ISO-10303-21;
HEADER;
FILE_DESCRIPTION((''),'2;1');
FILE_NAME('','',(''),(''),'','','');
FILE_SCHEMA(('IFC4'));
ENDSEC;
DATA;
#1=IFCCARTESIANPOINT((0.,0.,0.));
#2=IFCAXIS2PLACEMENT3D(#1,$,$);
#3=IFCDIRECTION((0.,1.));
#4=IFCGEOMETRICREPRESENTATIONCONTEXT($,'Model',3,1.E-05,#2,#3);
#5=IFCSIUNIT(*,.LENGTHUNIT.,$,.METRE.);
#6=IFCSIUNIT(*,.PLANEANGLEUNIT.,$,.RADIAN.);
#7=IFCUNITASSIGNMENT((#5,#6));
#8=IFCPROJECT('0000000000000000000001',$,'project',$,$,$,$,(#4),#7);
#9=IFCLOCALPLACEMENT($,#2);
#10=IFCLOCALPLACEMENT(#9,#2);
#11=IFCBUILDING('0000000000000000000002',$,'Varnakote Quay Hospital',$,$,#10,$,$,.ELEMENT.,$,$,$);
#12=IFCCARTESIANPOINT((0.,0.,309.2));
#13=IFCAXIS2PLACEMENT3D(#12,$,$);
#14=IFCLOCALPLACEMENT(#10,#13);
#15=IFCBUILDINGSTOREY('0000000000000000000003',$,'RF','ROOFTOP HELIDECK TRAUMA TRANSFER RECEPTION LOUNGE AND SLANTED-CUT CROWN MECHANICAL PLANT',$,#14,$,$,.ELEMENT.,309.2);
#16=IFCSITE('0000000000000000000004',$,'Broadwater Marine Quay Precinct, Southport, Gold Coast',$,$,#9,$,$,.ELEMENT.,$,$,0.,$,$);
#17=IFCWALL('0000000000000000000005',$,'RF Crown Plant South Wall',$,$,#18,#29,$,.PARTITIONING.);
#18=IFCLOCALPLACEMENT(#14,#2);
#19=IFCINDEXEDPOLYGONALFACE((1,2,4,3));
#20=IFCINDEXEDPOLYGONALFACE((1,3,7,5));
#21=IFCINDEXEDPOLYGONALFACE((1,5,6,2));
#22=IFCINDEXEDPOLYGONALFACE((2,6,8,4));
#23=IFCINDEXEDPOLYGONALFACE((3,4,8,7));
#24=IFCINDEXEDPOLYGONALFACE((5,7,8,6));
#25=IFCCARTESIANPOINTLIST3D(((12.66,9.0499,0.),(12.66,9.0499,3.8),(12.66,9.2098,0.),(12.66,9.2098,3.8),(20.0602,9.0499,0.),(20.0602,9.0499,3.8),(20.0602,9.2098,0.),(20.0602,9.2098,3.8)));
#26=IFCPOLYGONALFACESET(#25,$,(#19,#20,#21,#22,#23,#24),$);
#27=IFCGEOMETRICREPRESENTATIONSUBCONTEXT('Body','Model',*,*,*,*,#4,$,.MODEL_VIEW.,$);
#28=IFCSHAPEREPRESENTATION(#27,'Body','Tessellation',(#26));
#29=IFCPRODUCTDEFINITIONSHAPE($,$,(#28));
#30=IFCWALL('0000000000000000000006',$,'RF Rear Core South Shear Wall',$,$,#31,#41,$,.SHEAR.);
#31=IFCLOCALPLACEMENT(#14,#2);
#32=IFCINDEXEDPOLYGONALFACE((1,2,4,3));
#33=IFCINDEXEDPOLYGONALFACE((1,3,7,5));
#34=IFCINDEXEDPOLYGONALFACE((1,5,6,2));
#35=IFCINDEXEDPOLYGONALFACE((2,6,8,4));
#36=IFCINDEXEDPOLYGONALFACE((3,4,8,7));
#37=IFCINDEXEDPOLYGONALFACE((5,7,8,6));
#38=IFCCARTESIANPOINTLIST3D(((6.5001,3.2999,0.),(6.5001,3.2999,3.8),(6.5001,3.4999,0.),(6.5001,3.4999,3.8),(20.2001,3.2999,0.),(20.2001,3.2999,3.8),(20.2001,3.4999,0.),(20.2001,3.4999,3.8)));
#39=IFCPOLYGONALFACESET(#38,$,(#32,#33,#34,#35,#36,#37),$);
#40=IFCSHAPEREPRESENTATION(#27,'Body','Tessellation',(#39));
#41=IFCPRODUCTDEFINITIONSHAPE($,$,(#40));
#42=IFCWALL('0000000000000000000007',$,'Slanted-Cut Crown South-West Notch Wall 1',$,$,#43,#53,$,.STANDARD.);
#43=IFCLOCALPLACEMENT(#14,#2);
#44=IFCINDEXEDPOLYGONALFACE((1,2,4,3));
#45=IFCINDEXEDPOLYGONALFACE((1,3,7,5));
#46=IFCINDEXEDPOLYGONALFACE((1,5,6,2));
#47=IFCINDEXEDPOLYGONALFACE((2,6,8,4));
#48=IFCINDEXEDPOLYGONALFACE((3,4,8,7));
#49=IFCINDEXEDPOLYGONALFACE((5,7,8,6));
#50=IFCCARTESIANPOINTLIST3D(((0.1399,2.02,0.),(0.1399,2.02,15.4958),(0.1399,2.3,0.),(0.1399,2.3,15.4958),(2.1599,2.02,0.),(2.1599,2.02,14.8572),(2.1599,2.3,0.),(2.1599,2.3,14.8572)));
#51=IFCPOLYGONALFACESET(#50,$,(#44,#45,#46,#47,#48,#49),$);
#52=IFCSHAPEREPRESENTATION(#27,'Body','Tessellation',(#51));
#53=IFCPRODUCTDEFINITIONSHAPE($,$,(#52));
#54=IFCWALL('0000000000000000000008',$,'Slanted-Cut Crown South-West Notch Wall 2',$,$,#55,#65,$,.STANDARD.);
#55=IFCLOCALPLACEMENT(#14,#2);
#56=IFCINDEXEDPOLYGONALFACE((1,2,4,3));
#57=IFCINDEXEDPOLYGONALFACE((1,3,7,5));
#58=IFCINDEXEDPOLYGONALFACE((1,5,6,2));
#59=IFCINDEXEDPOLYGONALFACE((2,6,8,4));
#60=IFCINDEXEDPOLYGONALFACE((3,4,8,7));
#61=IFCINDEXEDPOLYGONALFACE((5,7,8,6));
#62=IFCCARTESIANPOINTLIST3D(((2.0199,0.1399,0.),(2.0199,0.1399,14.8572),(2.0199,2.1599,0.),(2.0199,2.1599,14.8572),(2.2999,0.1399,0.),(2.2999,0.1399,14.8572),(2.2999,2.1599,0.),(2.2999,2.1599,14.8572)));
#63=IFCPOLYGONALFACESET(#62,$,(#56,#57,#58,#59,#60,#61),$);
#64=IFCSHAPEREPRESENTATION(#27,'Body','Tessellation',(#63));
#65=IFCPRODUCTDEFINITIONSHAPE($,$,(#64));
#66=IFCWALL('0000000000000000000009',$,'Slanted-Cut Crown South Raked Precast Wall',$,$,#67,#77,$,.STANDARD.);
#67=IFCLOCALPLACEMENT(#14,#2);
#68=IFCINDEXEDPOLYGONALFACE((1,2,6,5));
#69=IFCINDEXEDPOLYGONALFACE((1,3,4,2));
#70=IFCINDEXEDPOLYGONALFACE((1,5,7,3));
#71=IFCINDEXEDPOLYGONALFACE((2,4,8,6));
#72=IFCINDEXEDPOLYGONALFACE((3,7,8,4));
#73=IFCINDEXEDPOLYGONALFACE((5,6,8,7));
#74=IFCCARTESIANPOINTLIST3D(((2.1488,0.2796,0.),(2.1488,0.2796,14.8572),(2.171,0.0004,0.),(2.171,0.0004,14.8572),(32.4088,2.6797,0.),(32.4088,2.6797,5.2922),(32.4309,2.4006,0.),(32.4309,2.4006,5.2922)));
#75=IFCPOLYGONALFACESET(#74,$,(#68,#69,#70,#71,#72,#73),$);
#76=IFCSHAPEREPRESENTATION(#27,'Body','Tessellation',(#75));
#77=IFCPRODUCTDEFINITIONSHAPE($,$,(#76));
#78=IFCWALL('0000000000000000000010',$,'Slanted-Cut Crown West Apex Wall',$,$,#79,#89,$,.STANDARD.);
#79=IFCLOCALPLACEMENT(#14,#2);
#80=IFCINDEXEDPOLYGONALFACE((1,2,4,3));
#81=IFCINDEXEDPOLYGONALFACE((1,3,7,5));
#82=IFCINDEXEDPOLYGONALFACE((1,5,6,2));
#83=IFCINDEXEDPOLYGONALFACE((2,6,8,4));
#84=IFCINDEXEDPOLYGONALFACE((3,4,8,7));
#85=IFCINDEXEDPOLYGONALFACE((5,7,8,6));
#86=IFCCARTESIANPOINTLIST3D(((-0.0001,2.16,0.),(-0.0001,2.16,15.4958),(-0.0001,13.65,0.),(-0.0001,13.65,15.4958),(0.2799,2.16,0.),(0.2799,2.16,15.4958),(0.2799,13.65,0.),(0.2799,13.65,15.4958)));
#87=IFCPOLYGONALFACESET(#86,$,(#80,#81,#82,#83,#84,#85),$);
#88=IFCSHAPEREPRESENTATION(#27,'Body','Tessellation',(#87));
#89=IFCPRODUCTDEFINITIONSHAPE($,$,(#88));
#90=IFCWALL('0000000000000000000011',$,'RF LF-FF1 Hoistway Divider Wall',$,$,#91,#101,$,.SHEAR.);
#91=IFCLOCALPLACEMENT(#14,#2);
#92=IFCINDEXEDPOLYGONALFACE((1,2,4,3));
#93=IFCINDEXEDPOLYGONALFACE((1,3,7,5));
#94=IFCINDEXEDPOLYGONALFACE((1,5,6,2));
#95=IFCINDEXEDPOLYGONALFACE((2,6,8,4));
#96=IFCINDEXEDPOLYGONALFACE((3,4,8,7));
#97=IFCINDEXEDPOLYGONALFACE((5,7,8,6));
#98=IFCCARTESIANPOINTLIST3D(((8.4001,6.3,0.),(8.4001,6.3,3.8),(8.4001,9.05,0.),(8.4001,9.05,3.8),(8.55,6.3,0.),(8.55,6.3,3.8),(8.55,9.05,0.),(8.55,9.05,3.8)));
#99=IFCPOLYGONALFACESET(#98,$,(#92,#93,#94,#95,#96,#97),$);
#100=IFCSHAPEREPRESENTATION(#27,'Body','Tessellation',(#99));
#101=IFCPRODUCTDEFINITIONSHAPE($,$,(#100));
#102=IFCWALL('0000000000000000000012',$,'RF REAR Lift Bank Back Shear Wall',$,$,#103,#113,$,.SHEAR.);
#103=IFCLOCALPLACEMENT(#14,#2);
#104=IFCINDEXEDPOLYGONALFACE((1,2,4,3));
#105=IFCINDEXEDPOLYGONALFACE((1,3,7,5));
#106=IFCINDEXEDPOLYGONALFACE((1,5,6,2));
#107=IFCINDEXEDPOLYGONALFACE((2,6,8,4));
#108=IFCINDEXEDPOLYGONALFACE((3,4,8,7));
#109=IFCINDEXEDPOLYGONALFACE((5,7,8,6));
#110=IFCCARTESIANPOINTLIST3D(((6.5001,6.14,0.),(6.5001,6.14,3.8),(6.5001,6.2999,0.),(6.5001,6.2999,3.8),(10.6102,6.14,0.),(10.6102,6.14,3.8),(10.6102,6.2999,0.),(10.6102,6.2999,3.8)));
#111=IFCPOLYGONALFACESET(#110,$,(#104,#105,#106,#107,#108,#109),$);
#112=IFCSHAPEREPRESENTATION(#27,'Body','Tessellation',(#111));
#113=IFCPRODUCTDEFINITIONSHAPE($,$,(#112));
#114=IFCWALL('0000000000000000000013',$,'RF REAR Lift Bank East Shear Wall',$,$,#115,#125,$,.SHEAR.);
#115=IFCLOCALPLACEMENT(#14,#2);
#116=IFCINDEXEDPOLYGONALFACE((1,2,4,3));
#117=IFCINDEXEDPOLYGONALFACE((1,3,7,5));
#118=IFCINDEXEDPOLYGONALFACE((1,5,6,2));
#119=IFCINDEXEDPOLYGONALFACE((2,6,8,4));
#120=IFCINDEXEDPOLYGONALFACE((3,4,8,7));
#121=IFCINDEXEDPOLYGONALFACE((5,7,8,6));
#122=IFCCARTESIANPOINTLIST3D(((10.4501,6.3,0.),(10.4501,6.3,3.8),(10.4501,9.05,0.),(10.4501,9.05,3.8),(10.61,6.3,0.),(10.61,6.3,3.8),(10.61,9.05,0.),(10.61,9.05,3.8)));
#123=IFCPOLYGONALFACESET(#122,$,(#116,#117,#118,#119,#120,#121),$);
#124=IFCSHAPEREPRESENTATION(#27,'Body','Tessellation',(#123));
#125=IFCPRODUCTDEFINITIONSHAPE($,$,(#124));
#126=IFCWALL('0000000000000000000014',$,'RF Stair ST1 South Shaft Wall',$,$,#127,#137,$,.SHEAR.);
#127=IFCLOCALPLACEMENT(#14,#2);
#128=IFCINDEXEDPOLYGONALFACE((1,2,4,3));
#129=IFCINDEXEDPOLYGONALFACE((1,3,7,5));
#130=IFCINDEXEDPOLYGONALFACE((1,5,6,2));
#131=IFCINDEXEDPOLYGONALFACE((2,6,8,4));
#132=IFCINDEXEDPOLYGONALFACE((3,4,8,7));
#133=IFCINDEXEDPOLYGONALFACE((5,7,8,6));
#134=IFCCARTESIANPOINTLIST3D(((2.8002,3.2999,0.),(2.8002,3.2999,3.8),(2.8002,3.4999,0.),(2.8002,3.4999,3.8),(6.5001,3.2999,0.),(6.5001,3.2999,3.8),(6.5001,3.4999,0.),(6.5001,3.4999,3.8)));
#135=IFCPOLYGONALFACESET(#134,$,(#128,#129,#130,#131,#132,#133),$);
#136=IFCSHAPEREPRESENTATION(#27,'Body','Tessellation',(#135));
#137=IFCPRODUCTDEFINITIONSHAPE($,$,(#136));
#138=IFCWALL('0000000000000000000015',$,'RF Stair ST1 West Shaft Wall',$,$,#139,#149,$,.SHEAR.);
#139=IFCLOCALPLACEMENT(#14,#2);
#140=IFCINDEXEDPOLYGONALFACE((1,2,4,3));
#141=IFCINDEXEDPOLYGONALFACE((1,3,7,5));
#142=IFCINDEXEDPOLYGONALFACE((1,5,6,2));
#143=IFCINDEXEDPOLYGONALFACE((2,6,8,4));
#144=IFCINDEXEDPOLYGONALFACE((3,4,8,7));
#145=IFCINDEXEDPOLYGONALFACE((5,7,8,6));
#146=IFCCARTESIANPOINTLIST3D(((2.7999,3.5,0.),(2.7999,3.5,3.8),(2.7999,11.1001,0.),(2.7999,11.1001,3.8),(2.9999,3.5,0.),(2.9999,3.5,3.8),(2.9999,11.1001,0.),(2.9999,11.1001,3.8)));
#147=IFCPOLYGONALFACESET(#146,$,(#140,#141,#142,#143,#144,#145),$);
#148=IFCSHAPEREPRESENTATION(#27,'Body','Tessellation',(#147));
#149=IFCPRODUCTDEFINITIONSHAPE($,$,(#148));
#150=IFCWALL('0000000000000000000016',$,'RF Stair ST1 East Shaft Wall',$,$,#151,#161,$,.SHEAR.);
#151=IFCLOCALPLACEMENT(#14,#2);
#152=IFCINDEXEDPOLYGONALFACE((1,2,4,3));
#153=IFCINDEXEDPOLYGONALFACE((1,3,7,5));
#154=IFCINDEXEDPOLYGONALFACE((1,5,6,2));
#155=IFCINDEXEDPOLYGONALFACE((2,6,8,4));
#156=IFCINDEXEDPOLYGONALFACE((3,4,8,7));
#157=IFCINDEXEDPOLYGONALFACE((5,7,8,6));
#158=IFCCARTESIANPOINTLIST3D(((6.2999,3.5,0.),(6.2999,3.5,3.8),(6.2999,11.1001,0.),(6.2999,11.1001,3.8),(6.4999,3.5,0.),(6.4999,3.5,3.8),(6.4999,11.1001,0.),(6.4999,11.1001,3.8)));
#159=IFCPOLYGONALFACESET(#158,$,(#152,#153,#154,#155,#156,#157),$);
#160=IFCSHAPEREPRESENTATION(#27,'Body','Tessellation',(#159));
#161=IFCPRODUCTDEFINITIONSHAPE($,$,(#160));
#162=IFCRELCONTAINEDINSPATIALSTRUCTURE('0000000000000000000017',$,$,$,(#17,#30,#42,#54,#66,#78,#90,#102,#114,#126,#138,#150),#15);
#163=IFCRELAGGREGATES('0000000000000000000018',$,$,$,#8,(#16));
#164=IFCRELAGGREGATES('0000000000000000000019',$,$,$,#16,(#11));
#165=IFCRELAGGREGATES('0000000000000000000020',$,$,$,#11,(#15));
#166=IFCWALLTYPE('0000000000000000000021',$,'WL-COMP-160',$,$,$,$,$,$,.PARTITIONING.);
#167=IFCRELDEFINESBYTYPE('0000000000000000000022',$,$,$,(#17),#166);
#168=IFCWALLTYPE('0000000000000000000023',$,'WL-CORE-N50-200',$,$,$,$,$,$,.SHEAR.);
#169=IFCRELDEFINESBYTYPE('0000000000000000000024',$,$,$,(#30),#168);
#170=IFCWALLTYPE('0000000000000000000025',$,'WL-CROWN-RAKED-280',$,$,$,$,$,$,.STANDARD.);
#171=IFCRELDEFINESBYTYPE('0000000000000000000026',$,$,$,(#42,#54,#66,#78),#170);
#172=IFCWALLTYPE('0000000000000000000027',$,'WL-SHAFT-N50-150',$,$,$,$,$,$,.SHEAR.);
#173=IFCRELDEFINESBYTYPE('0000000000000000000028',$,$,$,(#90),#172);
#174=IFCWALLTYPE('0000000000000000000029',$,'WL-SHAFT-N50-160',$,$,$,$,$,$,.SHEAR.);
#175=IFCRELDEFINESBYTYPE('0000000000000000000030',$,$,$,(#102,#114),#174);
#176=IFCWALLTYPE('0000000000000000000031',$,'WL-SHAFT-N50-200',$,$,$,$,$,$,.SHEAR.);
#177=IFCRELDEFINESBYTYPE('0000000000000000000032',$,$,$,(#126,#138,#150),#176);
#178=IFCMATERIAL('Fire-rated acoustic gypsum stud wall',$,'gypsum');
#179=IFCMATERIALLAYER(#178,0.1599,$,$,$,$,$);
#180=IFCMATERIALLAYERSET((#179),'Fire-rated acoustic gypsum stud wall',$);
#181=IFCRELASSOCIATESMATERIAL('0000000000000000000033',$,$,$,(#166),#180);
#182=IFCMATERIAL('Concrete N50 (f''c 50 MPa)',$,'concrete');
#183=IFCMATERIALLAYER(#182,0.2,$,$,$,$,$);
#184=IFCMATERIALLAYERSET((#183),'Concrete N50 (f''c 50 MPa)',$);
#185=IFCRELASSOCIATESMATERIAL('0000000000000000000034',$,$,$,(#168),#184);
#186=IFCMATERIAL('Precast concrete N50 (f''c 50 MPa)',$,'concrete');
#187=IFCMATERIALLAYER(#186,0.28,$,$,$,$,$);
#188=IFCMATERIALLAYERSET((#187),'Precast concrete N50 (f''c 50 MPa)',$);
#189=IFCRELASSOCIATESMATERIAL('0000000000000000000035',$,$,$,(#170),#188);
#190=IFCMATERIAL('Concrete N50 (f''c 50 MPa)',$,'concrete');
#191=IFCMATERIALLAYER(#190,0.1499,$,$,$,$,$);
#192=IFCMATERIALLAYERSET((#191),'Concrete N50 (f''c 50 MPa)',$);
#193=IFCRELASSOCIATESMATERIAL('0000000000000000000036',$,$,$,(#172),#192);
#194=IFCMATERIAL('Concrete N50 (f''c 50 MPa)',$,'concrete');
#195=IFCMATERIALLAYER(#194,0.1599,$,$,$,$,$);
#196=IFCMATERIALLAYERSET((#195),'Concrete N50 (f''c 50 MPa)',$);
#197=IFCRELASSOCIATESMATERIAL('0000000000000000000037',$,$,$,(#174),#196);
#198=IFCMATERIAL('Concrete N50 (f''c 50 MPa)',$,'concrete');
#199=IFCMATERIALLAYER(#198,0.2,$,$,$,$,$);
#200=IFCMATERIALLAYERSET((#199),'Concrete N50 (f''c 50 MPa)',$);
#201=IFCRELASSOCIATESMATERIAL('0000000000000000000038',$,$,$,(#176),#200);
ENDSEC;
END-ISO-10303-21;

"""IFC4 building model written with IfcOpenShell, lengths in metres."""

from ifc_helpers import new_model, si_unit, direction, frame, frame_2d, origin, place, context, subcontext, project, spatial, polyline, rectangle, outline, extrude, material, layer, layer_set, type_object, element, save


model = new_model("IFC4")

# Units and contexts
model_context = context("Model", 3, precision=1e-05, world=origin(), true_north=direction((0.0, 1.0)))
body_context = subcontext(model_context, "Body", "Model", "MODEL_VIEW")
ifc_project = project(units=[si_unit("LENGTHUNIT", "METRE"), si_unit("PLANEANGLEUNIT", "RADIAN")], contexts=[model_context])

# Site, building, storey
site_placement = place(None, origin())
site = spatial("IfcSite", under=ifc_project, at=site_placement, Name="Broadwater Marine Quay Precinct, Southport, Gold Coast", CompositionType="ELEMENT", RefElevation=0.0)
building_placement = place(site_placement, origin())
building = spatial("IfcBuilding", under=site, at=building_placement, Name="Varnakote Quay Hospital", CompositionType="ELEMENT")
storey_placement = place(building_placement, frame((0.0, 0.0, 309.2)))
storey = spatial("IfcBuildingStorey", under=building, at=storey_placement, Name="RF", Description="ROOFTOP HELIDECK TRAUMA TRANSFER RECEPTION LOUNGE AND SLANTED-CUT CROWN MECHANICAL PLANT", CompositionType="ELEMENT", Elevation=309.2)

# Walls
ifc_material_1 = material(Name="Fire-rated acoustic gypsum stud wall", Category="gypsum")
ifc_layer_1 = layer(ifc_material_1, 0.1599)
ifc_layer_set_1 = layer_set([ifc_layer_1], Name="Fire-rated acoustic gypsum stud wall")
wall_type_1 = type_object("IfcWallType", Name="WL-COMP-160", PredefinedType="PARTITIONING", material=ifc_layer_set_1)
wall_1_placement = place(storey_placement, frame((12.6599, 9.1299, 0.0), z_axis=(0.0, 0.0, 1.0), x_axis=(1.0, 0.0, 0.0)))
element("IfcWall", 1, at=wall_1_placement, inside=storey, type_object=wall_type_1, Name="RF Crown Plant South Wall", PredefinedType="PARTITIONING", context=body_context, shape_type="SweptSolid", body=[
    extrude(rectangle(XDim=7.4001, YDim=0.1599, at=frame_2d((3.7002, 0.0))), origin(), (0.0, 0.0, 1.0), 3.8),
])
ifc_material_2 = material(Name="Concrete N50 (f'c 50 MPa)", Category="concrete")
ifc_layer_2 = layer(ifc_material_2, 0.2)
ifc_layer_set_2 = layer_set([ifc_layer_2], Name="Concrete N50 (f'c 50 MPa)")
wall_type_2 = type_object("IfcWallType", Name="WL-CORE-N50-200", PredefinedType="SHEAR", material=ifc_layer_set_2)
wall_2_placement = place(storey_placement, frame((6.5, 3.3999, 0.0), z_axis=(0.0, 0.0, 1.0), x_axis=(1.0, 0.0, 0.0)))
element("IfcWall", 2, at=wall_2_placement, inside=storey, type_object=wall_type_2, Name="RF Rear Core South Shear Wall", PredefinedType="SHEAR", context=body_context, shape_type="SweptSolid", body=[
    extrude(rectangle(XDim=13.7, YDim=0.2, at=frame_2d((6.8501, 0.0))), origin(), (0.0, 0.0, 1.0), 3.8),
])
ifc_material_3 = material(Name="Precast concrete N50 (f'c 50 MPa)", Category="concrete")
ifc_layer_3 = layer(ifc_material_3, 0.28)
ifc_layer_set_3 = layer_set([ifc_layer_3], Name="Precast concrete N50 (f'c 50 MPa)")
wall_type_3 = type_object("IfcWallType", Name="WL-CROWN-RAKED-280", PredefinedType="STANDARD", material=ifc_layer_set_3)
wall_3_placement = place(storey_placement, frame((0.1399, 2.1599, 0.0), z_axis=(0.0, 0.0, 1.0), x_axis=(1.0, 0.0, 0.0)))
element("IfcWall", 3, at=wall_3_placement, inside=storey, type_object=wall_type_3, Name="Slanted-Cut Crown South-West Notch Wall 1", PredefinedType="STANDARD", context=body_context, shape_type="SweptSolid", body=[
    extrude(outline(polyline([(0.0, 0.0), (2.02, 0.0), (2.02, 14.8572), (0.0, 15.4958), (0.0, 0.0)])), frame((0.0, 0.1401, 0.0), z_axis=(0.0, -1.0, 0.0), x_axis=(1.0, 0.0, 0.0)), (0.0, 0.0, 1.0), 0.28),
])
wall_4_placement = place(storey_placement, frame((2.1599, 2.1599, 0.0), z_axis=(0.0, 0.0, 1.0), x_axis=(0.0, -1.0, 0.0)))
element("IfcWall", 4, at=wall_4_placement, inside=storey, type_object=wall_type_3, Name="Slanted-Cut Crown South-West Notch Wall 2", PredefinedType="STANDARD", context=body_context, shape_type="SweptSolid", body=[
    extrude(rectangle(XDim=2.02, YDim=0.28, at=frame_2d((1.01, 0.0))), origin(), (0.0, 0.0, 1.0), 14.8572),
])
wall_5_placement = place(storey_placement, frame((2.1599, 0.1399, 0.0), z_axis=(0.0, 0.0, 1.0), x_axis=(0.996869, 0.079069, 0.0)))
element("IfcWall", 5, at=wall_5_placement, inside=storey, type_object=wall_type_3, Name="Slanted-Cut Crown South Raked Precast Wall", PredefinedType="STANDARD", context=body_context, shape_type="SweptSolid", body=[
    extrude(outline(polyline([(0.0, 0.0), (30.355, 0.0), (30.355, 5.2922), (0.0, 14.8572), (0.0, 0.0)])), frame((0.0, 0.1401, 0.0), z_axis=(0.0, -1.0, 0.0), x_axis=(1.0, 0.0, 0.0)), (0.0, 0.0, 1.0), 0.28),
])
wall_6_placement = place(storey_placement, frame((0.1399, 2.1599, 0.0), z_axis=(0.0, 0.0, 1.0), x_axis=(0.0, 1.0, 0.0)))
element("IfcWall", 6, at=wall_6_placement, inside=storey, type_object=wall_type_3, Name="Slanted-Cut Crown West Apex Wall", PredefinedType="STANDARD", context=body_context, shape_type="SweptSolid", body=[
    extrude(rectangle(XDim=11.49, YDim=0.28, at=frame_2d((5.7451, 0.0))), origin(), (0.0, 0.0, 1.0), 15.4958),
])
ifc_material_4 = material(Name="Concrete N50 (f'c 50 MPa)", Category="concrete")
ifc_layer_4 = layer(ifc_material_4, 0.1499)
ifc_layer_set_4 = layer_set([ifc_layer_4], Name="Concrete N50 (f'c 50 MPa)")
wall_type_4 = type_object("IfcWallType", Name="WL-SHAFT-N50-150", PredefinedType="SHEAR", material=ifc_layer_set_4)
wall_7_placement = place(storey_placement, frame((8.4751, 6.3, 0.0), z_axis=(0.0, 0.0, 1.0), x_axis=(0.0, 1.0, 0.0)))
element("IfcWall", 7, at=wall_7_placement, inside=storey, type_object=wall_type_4, Name="RF LF-FF1 Hoistway Divider Wall", PredefinedType="SHEAR", context=body_context, shape_type="SweptSolid", body=[
    extrude(rectangle(XDim=2.75, YDim=0.1499, at=frame_2d((1.375, 0.0))), origin(), (0.0, 0.0, 1.0), 3.8),
])
ifc_material_5 = material(Name="Concrete N50 (f'c 50 MPa)", Category="concrete")
ifc_layer_5 = layer(ifc_material_5, 0.1599)
ifc_layer_set_5 = layer_set([ifc_layer_5], Name="Concrete N50 (f'c 50 MPa)")
wall_type_5 = type_object("IfcWallType", Name="WL-SHAFT-N50-160", PredefinedType="SHEAR", material=ifc_layer_set_5)
wall_8_placement = place(storey_placement, frame((6.5, 6.22, 0.0), z_axis=(0.0, 0.0, 1.0), x_axis=(1.0, 0.0, 0.0)))
element("IfcWall", 8, at=wall_8_placement, inside=storey, type_object=wall_type_5, Name="RF REAR Lift Bank Back Shear Wall", PredefinedType="SHEAR", context=body_context, shape_type="SweptSolid", body=[
    extrude(rectangle(XDim=4.1101, YDim=0.1599, at=frame_2d((2.0552, 0.0))), origin(), (0.0, 0.0, 1.0), 3.8),
])
wall_9_placement = place(storey_placement, frame((10.53, 6.3, 0.0), z_axis=(0.0, 0.0, 1.0), x_axis=(0.0, 1.0, 0.0)))
element("IfcWall", 9, at=wall_9_placement, inside=storey, type_object=wall_type_5, Name="RF REAR Lift Bank East Shear Wall", PredefinedType="SHEAR", context=body_context, shape_type="SweptSolid", body=[
    extrude(rectangle(XDim=2.75, YDim=0.1599, at=frame_2d((1.375, 0.0))), origin(), (0.0, 0.0, 1.0), 3.8),
])

# Walls
ifc_material_6 = material(Name="Concrete N50 (f'c 50 MPa)", Category="concrete")
ifc_layer_6 = layer(ifc_material_6, 0.2)
ifc_layer_set_6 = layer_set([ifc_layer_6], Name="Concrete N50 (f'c 50 MPa)")
wall_type_6 = type_object("IfcWallType", Name="WL-SHAFT-N50-200", PredefinedType="SHEAR", material=ifc_layer_set_6)
wall_10_placement = place(storey_placement, frame((2.8, 3.3999, 0.0), z_axis=(0.0, 0.0, 1.0), x_axis=(1.0, 0.0, 0.0)))
element("IfcWall", 10, at=wall_10_placement, inside=storey, type_object=wall_type_6, Name="RF Stair ST1 South Shaft Wall", PredefinedType="SHEAR", context=body_context, shape_type="SweptSolid", body=[
    extrude(rectangle(XDim=3.7, YDim=0.2, at=frame_2d((1.8501, 0.0))), origin(), (0.0, 0.0, 1.0), 3.8),
])
for number, where, z_axis, x_axis, name in (
    (11, (2.8999, 3.5, 0.0), (0.0, 0.0, 1.0), (0.0, 1.0, 0.0), "RF Stair ST1 West Shaft Wall"),
    (12, (6.3999, 3.5, 0.0), (0.0, 0.0, 1.0), (0.0, 1.0, 0.0), "RF Stair ST1 East Shaft Wall"),
):
    element("IfcWall", number, at=place(storey_placement, frame(where, z_axis=z_axis, x_axis=x_axis)), inside=storey, type_object=wall_type_6, Name=name, PredefinedType="SHEAR", context=body_context, shape_type="SweptSolid", body=[
        extrude(rectangle(XDim=7.6001, YDim=0.2, at=frame_2d((3.8, 0.0))), origin(), (0.0, 0.0, 1.0), 3.8),
    ])

save(model, "model.ifc")
